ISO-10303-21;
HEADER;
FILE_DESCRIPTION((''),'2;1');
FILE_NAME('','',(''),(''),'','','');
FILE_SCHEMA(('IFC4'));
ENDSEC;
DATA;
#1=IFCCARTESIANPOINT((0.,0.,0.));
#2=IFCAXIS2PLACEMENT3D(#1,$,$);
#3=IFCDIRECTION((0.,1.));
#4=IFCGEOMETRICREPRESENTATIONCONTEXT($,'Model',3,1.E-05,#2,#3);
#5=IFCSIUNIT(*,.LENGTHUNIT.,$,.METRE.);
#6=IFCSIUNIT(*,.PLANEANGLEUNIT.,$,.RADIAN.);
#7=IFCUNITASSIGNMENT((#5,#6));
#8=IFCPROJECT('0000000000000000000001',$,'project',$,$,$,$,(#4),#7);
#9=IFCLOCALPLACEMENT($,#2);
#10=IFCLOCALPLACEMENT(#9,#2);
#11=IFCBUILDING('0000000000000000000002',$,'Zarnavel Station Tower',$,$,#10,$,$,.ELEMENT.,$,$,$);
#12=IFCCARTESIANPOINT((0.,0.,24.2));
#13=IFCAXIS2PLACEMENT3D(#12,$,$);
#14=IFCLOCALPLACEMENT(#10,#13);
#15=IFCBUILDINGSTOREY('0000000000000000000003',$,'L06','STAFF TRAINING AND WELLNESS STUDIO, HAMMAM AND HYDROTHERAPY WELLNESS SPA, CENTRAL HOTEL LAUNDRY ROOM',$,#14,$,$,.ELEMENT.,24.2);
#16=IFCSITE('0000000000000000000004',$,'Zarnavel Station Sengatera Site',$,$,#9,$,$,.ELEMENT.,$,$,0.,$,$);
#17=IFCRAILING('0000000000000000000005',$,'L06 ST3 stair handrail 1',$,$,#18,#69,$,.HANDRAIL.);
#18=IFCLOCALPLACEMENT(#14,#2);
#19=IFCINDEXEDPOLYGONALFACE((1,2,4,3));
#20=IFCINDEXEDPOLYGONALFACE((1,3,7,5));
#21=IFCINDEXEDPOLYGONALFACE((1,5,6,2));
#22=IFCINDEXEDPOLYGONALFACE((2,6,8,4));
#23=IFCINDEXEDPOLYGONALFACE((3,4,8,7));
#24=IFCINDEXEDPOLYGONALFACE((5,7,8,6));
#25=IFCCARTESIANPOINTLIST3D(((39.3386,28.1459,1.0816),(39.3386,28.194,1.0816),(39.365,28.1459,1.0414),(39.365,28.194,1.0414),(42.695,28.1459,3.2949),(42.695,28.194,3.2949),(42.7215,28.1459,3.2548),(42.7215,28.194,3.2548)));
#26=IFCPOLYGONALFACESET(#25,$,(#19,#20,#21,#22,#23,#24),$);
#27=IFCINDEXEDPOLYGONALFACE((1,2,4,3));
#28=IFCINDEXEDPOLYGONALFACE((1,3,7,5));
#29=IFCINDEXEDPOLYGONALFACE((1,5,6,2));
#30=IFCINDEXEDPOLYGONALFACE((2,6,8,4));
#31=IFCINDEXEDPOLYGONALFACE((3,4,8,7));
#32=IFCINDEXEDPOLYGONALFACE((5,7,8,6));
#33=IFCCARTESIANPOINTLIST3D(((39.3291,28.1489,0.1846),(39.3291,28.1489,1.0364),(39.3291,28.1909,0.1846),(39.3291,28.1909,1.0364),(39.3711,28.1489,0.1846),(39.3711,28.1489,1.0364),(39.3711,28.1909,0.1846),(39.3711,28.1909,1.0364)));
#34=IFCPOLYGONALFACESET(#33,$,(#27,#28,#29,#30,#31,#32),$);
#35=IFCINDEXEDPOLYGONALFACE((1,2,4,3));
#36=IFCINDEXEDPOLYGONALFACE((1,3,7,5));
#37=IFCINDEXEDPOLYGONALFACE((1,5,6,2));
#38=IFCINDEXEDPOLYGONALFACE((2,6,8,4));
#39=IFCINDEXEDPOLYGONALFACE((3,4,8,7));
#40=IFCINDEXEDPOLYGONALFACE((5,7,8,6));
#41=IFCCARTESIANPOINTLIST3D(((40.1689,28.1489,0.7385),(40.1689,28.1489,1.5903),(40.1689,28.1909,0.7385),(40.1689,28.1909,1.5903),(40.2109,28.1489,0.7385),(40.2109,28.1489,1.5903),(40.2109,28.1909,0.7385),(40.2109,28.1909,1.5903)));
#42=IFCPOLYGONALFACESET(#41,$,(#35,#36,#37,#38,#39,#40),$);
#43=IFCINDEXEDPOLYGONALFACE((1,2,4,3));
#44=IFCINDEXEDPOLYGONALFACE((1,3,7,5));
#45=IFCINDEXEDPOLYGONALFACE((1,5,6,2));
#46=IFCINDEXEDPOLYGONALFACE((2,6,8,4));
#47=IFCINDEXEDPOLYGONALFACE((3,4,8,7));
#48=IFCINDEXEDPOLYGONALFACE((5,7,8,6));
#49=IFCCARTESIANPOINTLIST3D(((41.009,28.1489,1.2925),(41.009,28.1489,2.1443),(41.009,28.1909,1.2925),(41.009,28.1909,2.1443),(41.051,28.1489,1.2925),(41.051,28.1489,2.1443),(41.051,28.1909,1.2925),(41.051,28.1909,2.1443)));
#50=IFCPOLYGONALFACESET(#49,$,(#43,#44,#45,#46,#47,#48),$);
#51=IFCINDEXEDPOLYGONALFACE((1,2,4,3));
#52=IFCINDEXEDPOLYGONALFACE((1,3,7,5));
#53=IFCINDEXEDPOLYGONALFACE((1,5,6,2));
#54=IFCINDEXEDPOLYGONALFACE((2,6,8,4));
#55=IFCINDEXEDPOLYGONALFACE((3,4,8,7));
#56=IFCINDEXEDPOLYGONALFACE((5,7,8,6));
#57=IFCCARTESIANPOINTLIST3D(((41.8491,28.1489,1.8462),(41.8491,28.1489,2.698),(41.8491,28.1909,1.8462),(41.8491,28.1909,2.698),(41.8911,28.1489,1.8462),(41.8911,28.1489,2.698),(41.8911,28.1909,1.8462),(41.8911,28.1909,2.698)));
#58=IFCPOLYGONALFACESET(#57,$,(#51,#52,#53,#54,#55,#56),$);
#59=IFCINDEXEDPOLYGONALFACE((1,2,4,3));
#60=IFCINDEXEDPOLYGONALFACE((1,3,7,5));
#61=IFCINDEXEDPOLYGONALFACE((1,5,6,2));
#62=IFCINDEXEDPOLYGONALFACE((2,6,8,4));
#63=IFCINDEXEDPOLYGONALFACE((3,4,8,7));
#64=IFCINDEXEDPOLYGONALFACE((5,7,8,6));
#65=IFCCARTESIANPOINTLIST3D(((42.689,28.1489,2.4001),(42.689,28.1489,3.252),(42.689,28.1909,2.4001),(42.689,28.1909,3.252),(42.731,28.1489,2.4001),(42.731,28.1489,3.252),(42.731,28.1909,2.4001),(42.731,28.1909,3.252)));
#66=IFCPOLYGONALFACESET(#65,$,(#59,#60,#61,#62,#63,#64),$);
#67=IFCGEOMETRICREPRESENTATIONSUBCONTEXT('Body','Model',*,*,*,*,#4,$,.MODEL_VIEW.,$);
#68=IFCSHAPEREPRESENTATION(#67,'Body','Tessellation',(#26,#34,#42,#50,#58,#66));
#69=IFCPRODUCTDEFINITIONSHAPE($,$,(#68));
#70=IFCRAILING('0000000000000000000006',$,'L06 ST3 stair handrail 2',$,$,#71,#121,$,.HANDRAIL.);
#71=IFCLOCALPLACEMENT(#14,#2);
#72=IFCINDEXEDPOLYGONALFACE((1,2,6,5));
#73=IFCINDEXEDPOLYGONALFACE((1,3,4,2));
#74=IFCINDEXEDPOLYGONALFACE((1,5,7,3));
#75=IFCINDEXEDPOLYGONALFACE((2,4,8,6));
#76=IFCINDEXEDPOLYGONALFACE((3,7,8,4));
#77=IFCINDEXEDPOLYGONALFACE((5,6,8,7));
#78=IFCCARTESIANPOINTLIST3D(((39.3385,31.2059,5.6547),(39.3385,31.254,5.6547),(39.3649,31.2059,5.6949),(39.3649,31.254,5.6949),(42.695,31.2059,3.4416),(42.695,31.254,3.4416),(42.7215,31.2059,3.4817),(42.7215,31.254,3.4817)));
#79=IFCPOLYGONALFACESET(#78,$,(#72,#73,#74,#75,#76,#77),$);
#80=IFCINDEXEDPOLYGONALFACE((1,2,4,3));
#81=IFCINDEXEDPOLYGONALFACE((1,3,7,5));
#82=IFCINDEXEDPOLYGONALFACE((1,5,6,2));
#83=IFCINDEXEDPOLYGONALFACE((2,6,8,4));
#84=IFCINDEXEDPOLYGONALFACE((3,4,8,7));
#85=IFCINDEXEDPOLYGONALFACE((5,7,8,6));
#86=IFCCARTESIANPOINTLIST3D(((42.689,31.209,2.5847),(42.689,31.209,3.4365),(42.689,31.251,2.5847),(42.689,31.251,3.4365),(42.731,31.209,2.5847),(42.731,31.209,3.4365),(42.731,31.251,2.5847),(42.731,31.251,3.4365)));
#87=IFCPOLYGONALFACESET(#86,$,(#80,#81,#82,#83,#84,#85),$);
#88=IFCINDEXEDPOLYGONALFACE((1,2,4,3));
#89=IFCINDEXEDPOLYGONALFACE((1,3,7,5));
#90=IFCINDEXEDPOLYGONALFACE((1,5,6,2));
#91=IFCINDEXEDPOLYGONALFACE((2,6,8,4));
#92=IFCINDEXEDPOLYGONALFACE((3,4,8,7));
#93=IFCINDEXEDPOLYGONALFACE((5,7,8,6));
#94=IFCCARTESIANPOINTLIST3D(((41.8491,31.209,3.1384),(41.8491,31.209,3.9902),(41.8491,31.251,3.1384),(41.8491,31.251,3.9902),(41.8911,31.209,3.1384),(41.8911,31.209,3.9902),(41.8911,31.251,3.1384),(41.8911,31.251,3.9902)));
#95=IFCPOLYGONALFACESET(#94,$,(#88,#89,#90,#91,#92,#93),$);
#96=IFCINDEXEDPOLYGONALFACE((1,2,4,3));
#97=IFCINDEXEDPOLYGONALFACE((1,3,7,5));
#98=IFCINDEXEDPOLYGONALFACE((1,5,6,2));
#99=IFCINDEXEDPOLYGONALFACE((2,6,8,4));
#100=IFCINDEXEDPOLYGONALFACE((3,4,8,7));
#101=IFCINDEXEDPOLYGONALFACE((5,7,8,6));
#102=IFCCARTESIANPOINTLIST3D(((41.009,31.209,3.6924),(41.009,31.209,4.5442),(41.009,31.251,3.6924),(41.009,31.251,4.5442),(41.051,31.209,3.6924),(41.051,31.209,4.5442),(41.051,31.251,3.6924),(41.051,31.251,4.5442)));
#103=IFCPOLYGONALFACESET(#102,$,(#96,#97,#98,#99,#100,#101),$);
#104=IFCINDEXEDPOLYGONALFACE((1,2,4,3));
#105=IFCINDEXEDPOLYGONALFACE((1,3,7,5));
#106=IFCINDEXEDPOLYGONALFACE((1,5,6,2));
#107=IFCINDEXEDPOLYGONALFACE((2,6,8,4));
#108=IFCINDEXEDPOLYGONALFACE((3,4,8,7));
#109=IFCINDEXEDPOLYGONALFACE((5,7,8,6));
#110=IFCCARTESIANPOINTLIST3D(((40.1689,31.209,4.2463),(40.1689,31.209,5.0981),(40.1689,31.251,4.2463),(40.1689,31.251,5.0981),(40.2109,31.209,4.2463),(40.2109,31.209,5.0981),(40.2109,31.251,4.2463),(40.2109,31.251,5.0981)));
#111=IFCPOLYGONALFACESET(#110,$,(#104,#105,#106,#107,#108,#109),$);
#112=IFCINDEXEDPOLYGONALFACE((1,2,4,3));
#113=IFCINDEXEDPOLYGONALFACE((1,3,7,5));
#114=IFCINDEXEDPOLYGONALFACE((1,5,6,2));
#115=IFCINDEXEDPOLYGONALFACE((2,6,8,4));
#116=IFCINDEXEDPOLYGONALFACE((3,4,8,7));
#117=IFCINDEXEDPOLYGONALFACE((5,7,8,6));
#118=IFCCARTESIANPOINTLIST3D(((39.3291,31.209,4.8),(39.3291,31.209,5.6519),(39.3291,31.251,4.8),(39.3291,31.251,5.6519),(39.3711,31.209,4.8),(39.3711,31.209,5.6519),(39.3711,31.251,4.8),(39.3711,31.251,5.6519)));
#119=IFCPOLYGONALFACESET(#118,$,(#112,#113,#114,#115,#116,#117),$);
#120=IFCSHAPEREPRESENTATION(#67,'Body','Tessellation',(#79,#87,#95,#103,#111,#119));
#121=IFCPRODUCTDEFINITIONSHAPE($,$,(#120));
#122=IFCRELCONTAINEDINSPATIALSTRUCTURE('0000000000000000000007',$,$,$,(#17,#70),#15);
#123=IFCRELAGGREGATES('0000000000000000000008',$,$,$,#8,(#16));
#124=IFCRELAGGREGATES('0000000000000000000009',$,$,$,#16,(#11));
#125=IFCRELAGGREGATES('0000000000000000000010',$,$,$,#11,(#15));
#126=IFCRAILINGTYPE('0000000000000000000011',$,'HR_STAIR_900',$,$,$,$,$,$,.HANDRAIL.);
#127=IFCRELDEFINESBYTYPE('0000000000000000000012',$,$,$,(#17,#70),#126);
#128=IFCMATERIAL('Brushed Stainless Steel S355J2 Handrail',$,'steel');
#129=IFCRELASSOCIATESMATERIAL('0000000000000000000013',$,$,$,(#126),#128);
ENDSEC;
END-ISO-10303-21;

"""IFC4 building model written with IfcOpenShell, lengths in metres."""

from ifc_helpers import new_model, si_unit, direction, frame, origin, origin_2d, place, context, subcontext, project, spatial, rectangle, extrude, material, type_object, element, save


model = new_model("IFC4")

# Units and contexts
model_context = context("Model", 3, precision=1e-05, world=origin(), true_north=direction((0.0, 1.0)))
body_context = subcontext(model_context, "Body", "Model", "MODEL_VIEW")
ifc_project = project(units=[si_unit("LENGTHUNIT", "METRE"), si_unit("PLANEANGLEUNIT", "RADIAN")], contexts=[model_context])

# Site, building, storey
site_placement = place(None, origin())
site = spatial("IfcSite", under=ifc_project, at=site_placement, Name="Zarnavel Station Sengatera Site", CompositionType="ELEMENT", RefElevation=0.0)
building_placement = place(site_placement, origin())
building = spatial("IfcBuilding", under=site, at=building_placement, Name="Zarnavel Station Tower", CompositionType="ELEMENT")
storey_placement = place(building_placement, frame((0.0, 0.0, 24.2)))
storey = spatial("IfcBuildingStorey", under=building, at=storey_placement, Name="L06", Description="STAFF TRAINING AND WELLNESS STUDIO, HAMMAM AND HYDROTHERAPY WELLNESS SPA, CENTRAL HOTEL LAUNDRY ROOM", CompositionType="ELEMENT", Elevation=24.2)

# Railings
ifc_material_1 = material(Name="Brushed Stainless Steel S355J2 Handrail", Category="steel")
railing_type_1 = type_object("IfcRailingType", Name="HR_STAIR_900", PredefinedType="HANDRAIL", material=ifc_material_1)
railing_1_placement = place(storey_placement, frame((39.3501, 28.1699, 0.1846)))
element("IfcRailing", 1, at=railing_1_placement, inside=storey, type_object=railing_type_1, Name="L06 ST3 stair handrail 1", PredefinedType="HANDRAIL", context=body_context, shape_type="SweptSolid", body=[
    extrude(rectangle(XDim=0.0481, YDim=0.0481, at=origin_2d()), frame((0.0017, 0.0, 0.877), z_axis=(0.83483, 0.0, 0.550508), x_axis=(0.0, 1.0, 0.0)), (0.0, 0.0, 1.0), 4.0205),
    extrude(rectangle(XDim=0.042, YDim=0.042, at=origin_2d()), origin(), (0.0, 0.0, 1.0), 0.8518),
    extrude(rectangle(XDim=0.042, YDim=0.042, at=origin_2d()), frame((0.8398, 0.0, 0.554)), (0.0, 0.0, 1.0), 0.8518),
    extrude(rectangle(XDim=0.042, YDim=0.042, at=origin_2d()), frame((1.6799, 0.0, 1.1079)), (0.0, 0.0, 1.0), 0.8518),
    extrude(rectangle(XDim=0.042, YDim=0.042, at=origin_2d()), frame((2.52, 0.0, 1.6616)), (0.0, 0.0, 1.0), 0.8518),
    extrude(rectangle(XDim=0.042, YDim=0.042, at=origin_2d()), frame((3.3599, 0.0, 2.2156)), (0.0, 0.0, 1.0), 0.8518),
])
railing_2_placement = place(storey_placement, frame((42.71, 31.23, 2.5847)))
element("IfcRailing", 2, at=railing_2_placement, inside=storey, type_object=railing_type_1, Name="L06 ST3 stair handrail 2", PredefinedType="HANDRAIL", context=body_context, shape_type="SweptSolid", body=[
    extrude(rectangle(XDim=0.0481, YDim=0.0481, at=origin_2d()), frame((-0.0017, 0.0, 0.877), z_axis=(-0.834858, 0.0, 0.550465), x_axis=(0.0, -1.0, 0.0)), (0.0, 0.0, 1.0), 4.0205),
    extrude(rectangle(XDim=0.042, YDim=0.042, at=origin_2d()), origin(), (0.0, 0.0, 1.0), 0.8518),
    extrude(rectangle(XDim=0.042, YDim=0.042, at=origin_2d()), frame((-0.8398, 0.0, 0.5537)), (0.0, 0.0, 1.0), 0.8518),
    extrude(rectangle(XDim=0.042, YDim=0.042, at=origin_2d()), frame((-1.6799, 0.0, 1.1077)), (0.0, 0.0, 1.0), 0.8518),
    extrude(rectangle(XDim=0.042, YDim=0.042, at=origin_2d()), frame((-2.52, 0.0, 1.6616)), (0.0, 0.0, 1.0), 0.8518),
    extrude(rectangle(XDim=0.042, YDim=0.042, at=origin_2d()), frame((-3.3599, 0.0, 2.2153)), (0.0, 0.0, 1.0), 0.8518),
])

save(model, "model.ifc")
